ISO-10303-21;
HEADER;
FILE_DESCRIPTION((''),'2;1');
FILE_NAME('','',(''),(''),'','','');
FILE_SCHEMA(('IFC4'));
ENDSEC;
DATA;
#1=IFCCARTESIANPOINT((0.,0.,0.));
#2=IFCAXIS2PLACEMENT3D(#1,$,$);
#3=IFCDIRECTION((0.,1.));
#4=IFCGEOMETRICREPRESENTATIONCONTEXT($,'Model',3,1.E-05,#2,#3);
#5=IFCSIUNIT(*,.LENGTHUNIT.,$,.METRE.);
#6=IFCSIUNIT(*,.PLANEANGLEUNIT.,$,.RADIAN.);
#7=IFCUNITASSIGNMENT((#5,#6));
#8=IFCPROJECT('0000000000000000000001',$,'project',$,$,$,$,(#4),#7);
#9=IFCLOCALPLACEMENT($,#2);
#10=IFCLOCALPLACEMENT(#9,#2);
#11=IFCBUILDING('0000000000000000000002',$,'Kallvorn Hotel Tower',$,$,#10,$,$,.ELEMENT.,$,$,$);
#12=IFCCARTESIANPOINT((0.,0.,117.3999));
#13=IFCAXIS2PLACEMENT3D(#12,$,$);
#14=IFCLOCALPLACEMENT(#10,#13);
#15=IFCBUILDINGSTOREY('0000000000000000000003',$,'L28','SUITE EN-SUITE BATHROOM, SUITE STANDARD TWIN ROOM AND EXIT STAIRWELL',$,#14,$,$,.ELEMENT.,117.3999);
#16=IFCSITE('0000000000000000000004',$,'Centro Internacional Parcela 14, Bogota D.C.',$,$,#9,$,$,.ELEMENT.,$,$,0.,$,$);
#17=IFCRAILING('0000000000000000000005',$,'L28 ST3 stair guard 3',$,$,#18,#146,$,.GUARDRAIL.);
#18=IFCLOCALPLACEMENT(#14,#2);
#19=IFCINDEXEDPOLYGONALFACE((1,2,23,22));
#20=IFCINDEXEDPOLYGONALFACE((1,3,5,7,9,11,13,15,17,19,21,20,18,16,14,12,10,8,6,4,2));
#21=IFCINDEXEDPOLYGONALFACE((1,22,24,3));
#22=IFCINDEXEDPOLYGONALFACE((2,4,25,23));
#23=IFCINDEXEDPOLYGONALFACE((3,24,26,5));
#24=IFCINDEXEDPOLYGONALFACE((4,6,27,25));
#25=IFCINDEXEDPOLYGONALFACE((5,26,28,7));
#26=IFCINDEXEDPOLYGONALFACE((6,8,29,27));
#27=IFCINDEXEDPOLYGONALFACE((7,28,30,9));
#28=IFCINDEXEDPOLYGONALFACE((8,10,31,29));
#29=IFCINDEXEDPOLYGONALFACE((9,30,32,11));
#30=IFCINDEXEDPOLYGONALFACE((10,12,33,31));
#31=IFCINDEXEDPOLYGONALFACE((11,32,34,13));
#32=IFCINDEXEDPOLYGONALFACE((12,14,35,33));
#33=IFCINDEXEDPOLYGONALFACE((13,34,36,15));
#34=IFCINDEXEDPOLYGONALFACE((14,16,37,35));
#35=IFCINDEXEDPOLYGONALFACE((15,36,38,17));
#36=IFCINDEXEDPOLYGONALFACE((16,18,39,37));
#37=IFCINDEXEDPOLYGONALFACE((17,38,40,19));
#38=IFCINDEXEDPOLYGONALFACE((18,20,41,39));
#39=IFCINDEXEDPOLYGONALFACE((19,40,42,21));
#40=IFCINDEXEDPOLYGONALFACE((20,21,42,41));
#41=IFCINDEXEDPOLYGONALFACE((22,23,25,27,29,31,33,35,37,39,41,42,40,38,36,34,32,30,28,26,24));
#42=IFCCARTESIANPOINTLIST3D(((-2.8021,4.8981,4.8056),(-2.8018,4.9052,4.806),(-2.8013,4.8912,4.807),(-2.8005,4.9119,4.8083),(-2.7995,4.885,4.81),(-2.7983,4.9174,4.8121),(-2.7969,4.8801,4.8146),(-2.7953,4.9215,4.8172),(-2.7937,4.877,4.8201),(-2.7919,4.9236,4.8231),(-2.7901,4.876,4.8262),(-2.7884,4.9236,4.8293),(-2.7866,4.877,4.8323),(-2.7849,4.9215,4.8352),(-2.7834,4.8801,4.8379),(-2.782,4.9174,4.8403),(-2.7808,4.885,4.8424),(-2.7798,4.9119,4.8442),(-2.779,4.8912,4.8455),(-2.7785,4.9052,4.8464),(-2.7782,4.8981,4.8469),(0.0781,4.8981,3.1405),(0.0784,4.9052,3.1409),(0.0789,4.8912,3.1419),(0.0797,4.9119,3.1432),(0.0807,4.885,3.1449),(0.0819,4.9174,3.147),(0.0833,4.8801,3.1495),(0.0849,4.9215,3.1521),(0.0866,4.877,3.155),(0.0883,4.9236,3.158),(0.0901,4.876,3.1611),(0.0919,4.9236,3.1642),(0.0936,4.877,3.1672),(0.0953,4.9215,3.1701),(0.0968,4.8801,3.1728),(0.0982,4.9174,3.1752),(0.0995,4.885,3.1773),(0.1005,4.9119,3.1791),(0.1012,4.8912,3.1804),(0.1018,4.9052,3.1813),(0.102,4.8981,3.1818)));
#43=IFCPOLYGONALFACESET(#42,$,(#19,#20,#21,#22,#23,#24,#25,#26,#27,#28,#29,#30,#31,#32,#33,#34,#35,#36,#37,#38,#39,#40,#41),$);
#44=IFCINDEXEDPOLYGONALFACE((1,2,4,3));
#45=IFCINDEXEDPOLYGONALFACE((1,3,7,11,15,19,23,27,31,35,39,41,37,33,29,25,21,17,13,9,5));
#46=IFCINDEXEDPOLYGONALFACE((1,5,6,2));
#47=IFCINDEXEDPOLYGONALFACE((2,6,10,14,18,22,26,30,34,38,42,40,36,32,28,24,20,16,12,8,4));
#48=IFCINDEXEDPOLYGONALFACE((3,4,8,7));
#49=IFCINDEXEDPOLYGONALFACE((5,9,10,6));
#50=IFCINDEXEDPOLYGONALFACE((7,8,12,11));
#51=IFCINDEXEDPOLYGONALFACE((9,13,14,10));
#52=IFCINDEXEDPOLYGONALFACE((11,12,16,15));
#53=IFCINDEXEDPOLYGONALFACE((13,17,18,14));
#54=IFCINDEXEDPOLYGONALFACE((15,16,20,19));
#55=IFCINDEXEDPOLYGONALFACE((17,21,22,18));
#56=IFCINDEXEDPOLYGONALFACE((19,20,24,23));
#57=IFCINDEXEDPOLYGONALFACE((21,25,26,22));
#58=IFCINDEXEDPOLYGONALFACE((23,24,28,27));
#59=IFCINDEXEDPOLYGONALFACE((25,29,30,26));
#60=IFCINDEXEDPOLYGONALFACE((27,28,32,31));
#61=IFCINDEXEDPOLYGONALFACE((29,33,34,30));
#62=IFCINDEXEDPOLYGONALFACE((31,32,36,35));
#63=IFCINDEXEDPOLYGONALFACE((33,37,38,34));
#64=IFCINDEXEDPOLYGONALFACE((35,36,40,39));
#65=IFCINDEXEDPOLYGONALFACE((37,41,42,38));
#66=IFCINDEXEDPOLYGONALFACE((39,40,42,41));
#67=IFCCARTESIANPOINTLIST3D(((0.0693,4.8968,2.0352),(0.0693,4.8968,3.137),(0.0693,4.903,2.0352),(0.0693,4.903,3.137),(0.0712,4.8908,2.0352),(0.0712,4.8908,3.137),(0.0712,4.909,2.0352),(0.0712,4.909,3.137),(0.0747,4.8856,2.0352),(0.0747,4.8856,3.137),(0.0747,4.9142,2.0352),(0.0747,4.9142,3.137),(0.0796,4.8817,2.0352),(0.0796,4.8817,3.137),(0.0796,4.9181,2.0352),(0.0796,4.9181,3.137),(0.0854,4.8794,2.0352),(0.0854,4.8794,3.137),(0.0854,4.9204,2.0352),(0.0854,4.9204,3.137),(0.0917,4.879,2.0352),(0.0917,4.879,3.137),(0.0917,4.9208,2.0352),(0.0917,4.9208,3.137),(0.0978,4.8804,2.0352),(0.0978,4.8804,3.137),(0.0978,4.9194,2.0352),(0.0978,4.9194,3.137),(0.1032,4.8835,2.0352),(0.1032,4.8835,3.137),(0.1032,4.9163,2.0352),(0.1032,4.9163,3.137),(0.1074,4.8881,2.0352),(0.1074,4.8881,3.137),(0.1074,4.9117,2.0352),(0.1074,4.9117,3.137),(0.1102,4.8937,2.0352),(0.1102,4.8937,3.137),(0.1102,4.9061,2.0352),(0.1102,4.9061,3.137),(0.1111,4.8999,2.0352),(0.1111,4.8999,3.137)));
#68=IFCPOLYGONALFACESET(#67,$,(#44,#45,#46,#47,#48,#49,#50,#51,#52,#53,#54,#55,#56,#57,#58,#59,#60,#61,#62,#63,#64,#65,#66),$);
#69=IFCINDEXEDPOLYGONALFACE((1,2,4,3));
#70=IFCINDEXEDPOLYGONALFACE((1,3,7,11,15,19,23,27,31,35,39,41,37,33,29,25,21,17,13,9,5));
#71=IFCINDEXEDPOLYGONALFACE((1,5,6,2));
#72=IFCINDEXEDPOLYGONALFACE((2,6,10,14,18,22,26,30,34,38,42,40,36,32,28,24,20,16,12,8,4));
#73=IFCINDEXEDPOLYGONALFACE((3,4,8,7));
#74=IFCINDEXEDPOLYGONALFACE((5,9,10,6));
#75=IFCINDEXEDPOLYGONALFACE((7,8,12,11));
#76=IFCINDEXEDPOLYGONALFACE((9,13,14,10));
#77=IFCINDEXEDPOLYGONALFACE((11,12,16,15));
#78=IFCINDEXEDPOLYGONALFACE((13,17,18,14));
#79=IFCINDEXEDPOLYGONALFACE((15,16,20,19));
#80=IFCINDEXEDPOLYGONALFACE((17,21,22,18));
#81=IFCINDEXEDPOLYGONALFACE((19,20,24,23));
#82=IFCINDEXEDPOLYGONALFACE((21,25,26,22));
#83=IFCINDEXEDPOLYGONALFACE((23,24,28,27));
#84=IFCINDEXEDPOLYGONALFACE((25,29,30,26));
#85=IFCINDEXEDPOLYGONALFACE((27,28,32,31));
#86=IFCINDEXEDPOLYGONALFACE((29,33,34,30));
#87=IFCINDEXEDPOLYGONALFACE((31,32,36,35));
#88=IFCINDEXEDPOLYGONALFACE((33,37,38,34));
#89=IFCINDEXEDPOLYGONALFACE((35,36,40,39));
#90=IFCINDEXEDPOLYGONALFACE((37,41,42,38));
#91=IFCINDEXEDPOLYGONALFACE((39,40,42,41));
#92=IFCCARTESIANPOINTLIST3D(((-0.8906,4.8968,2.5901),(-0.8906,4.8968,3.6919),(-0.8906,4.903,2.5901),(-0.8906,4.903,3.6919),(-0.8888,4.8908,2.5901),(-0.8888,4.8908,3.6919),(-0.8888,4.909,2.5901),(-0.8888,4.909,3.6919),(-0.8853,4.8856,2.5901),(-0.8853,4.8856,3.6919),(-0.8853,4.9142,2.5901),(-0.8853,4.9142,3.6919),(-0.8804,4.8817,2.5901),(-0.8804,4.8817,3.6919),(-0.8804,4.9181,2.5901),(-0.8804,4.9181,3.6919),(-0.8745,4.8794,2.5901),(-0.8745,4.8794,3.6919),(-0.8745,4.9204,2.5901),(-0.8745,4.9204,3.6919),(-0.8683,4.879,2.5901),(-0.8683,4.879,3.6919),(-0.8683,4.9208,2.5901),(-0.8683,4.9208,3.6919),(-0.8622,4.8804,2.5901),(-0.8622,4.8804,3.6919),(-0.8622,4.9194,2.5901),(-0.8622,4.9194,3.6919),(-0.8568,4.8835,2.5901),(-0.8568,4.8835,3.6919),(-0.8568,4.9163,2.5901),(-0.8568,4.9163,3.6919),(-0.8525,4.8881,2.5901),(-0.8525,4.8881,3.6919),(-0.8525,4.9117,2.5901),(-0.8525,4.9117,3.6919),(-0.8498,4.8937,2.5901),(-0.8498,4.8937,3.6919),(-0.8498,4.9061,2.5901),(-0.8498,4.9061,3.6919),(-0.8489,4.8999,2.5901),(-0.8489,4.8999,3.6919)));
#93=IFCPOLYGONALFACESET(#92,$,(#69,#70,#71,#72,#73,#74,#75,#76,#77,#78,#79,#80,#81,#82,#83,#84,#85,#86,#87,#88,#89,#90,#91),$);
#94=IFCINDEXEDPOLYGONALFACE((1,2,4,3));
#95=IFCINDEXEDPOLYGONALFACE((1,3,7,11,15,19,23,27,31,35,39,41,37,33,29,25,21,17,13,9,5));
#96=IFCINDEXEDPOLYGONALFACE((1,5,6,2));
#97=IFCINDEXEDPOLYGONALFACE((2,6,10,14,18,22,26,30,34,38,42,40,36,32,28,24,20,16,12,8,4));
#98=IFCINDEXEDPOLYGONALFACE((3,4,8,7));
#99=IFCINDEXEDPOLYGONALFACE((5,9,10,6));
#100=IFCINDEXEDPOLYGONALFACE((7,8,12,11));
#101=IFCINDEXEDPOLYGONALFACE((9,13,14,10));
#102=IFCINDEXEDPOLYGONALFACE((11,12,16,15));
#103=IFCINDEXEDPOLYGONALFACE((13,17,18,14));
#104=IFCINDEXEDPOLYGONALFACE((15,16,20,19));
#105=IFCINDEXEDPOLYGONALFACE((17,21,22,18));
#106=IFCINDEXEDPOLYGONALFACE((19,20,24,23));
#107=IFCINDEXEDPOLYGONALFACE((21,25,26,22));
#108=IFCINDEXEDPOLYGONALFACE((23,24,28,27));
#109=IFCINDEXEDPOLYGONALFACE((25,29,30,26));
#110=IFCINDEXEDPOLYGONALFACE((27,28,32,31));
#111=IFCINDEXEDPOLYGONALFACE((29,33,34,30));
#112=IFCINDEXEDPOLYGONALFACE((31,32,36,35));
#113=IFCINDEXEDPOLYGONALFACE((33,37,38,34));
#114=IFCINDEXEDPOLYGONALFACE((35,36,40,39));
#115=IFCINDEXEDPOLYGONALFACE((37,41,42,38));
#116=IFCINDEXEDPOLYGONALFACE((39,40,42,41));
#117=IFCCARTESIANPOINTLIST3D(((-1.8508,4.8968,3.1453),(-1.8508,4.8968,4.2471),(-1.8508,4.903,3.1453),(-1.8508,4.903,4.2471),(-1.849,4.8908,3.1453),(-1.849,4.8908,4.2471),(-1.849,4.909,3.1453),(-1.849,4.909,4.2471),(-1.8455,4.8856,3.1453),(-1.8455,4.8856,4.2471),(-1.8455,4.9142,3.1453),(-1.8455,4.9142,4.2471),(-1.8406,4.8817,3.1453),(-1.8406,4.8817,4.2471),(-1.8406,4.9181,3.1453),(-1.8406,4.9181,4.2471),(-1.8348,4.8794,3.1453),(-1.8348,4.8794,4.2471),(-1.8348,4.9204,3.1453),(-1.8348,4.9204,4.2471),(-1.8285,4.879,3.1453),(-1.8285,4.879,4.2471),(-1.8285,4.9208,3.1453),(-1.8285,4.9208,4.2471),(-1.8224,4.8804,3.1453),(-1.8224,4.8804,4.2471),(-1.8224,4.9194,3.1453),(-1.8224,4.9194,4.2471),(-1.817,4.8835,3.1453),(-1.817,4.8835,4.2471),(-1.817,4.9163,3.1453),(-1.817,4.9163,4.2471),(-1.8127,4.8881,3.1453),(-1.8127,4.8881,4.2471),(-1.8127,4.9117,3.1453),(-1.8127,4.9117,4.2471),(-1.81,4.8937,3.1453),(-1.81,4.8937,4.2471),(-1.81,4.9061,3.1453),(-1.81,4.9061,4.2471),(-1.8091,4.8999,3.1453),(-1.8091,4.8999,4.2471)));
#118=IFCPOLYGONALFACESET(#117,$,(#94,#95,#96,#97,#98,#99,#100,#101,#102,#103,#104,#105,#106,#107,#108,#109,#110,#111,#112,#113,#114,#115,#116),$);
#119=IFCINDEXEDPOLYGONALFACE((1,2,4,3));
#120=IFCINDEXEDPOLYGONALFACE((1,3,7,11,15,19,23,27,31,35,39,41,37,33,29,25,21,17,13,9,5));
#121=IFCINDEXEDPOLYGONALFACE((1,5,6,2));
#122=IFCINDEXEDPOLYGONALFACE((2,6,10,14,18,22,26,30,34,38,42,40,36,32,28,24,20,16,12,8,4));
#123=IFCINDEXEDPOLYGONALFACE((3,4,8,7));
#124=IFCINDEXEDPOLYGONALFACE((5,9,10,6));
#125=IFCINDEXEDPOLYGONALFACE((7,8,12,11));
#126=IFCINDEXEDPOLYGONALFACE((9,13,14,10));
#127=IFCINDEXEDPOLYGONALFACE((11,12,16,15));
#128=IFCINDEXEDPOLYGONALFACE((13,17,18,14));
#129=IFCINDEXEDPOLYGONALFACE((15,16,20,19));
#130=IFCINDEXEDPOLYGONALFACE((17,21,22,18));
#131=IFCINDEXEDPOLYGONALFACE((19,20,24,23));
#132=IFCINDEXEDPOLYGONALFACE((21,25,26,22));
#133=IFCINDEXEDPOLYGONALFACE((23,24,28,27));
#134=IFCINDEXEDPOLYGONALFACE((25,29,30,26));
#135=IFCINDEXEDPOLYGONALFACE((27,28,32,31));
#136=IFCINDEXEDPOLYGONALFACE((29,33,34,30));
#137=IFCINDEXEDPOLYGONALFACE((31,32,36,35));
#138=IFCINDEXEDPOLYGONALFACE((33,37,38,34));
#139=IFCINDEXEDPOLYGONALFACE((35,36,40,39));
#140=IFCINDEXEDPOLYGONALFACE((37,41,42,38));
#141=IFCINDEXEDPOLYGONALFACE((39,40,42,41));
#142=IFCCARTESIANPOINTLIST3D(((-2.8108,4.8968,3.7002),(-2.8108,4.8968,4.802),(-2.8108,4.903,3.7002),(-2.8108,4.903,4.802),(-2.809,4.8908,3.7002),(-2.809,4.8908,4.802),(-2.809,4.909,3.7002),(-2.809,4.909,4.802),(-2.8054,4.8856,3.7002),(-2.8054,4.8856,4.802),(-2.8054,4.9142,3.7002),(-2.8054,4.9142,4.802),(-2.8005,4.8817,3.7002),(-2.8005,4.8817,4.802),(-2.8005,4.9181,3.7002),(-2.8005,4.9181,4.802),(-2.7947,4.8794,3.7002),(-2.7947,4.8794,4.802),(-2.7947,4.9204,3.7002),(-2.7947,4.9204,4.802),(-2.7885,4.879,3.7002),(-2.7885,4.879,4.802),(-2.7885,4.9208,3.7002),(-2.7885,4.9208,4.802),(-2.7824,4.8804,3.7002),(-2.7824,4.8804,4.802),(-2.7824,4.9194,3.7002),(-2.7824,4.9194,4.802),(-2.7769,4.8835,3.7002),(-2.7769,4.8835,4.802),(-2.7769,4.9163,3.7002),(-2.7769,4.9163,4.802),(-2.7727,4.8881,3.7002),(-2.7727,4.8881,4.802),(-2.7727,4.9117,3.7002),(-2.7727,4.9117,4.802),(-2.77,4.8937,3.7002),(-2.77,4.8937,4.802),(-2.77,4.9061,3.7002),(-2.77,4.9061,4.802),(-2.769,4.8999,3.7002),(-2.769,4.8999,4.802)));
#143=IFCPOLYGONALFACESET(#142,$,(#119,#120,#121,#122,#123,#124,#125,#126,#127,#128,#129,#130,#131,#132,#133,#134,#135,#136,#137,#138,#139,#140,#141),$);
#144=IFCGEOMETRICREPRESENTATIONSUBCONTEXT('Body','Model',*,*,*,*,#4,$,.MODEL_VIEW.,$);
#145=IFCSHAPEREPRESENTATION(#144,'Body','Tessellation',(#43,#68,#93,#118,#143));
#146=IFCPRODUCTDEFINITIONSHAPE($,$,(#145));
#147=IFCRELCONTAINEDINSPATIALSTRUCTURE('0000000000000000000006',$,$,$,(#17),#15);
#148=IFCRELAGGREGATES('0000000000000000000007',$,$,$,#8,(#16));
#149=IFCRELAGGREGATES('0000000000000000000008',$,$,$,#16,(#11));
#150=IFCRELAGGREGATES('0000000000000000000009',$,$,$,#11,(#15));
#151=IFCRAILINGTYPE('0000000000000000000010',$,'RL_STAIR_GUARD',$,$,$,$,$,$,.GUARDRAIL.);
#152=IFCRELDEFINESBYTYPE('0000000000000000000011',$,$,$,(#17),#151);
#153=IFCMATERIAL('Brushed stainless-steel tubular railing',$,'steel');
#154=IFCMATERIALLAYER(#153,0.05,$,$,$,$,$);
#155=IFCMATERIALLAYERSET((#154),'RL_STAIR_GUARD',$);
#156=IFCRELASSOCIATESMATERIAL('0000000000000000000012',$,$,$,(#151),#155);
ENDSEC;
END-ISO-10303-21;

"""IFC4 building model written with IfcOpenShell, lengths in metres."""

from ifc_helpers import new_model, si_unit, direction, frame, origin, origin_2d, place, context, subcontext, project, spatial, circle, extrude, material, layer, layer_set, type_object, element, save


model = new_model("IFC4")

# Units and contexts
model_context = context("Model", 3, precision=1e-05, world=origin(), true_north=direction((0.0, 1.0)))
body_context = subcontext(model_context, "Body", "Model", "MODEL_VIEW")
ifc_project = project(units=[si_unit("LENGTHUNIT", "METRE"), si_unit("PLANEANGLEUNIT", "RADIAN")], contexts=[model_context])

# Site, building, storey
site_placement = place(None, origin())
site = spatial("IfcSite", under=ifc_project, at=site_placement, Name="Centro Internacional Parcela 14, Bogota D.C.", CompositionType="ELEMENT", RefElevation=0.0)
building_placement = place(site_placement, origin())
building = spatial("IfcBuilding", under=site, at=building_placement, Name="Kallvorn Hotel Tower", CompositionType="ELEMENT")
storey_placement = place(building_placement, frame((0.0, 0.0, 117.3999)))
storey = spatial("IfcBuildingStorey", under=building, at=storey_placement, Name="L28", Description="SUITE EN-SUITE BATHROOM, SUITE STANDARD TWIN ROOM AND EXIT STAIRWELL", CompositionType="ELEMENT", Elevation=117.3999)

# Railing
ifc_material_1 = material(Name="Brushed stainless-steel tubular railing", Category="steel")
ifc_layer_1 = layer(ifc_material_1, 0.05)
ifc_layer_set_1 = layer_set([ifc_layer_1], Name="RL_STAIR_GUARD")
railing_type_1 = type_object("IfcRailingType", Name="RL_STAIR_GUARD", PredefinedType="GUARDRAIL", material=ifc_layer_set_1)
railing_1_placement = place(storey_placement, frame((0.0901, 4.8999, 2.0352)))
element("IfcRailing", 1, at=railing_1_placement, inside=storey, type_object=railing_type_1, Name="L28 ST3 stair guard 3", PredefinedType="GUARDRAIL", context=body_context, shape_type="SweptSolid", body=[
    extrude(circle(Radius=0.0239, at=origin_2d()), frame((0.0, 0.0, 1.126), z_axis=(-0.865739, 0.0, 0.500495), x_axis=(0.0, -1.0, 0.0)), (0.0, 0.0, 1.0), 3.3269),
    extrude(circle(Radius=0.021, at=origin_2d()), origin(), (0.0, 0.0, 1.0), 1.1018),
    extrude(circle(Radius=0.021, at=origin_2d()), frame((-0.96, 0.0, 0.5549)), (0.0, 0.0, 1.0), 1.1018),
    extrude(circle(Radius=0.021, at=origin_2d()), frame((-1.9202, 0.0, 1.1101)), (0.0, 0.0, 1.0), 1.1018),
    extrude(circle(Radius=0.021, at=origin_2d()), frame((-2.8801, 0.0, 1.665)), (0.0, 0.0, 1.0), 1.1018),
])

save(model, "model.ifc")
